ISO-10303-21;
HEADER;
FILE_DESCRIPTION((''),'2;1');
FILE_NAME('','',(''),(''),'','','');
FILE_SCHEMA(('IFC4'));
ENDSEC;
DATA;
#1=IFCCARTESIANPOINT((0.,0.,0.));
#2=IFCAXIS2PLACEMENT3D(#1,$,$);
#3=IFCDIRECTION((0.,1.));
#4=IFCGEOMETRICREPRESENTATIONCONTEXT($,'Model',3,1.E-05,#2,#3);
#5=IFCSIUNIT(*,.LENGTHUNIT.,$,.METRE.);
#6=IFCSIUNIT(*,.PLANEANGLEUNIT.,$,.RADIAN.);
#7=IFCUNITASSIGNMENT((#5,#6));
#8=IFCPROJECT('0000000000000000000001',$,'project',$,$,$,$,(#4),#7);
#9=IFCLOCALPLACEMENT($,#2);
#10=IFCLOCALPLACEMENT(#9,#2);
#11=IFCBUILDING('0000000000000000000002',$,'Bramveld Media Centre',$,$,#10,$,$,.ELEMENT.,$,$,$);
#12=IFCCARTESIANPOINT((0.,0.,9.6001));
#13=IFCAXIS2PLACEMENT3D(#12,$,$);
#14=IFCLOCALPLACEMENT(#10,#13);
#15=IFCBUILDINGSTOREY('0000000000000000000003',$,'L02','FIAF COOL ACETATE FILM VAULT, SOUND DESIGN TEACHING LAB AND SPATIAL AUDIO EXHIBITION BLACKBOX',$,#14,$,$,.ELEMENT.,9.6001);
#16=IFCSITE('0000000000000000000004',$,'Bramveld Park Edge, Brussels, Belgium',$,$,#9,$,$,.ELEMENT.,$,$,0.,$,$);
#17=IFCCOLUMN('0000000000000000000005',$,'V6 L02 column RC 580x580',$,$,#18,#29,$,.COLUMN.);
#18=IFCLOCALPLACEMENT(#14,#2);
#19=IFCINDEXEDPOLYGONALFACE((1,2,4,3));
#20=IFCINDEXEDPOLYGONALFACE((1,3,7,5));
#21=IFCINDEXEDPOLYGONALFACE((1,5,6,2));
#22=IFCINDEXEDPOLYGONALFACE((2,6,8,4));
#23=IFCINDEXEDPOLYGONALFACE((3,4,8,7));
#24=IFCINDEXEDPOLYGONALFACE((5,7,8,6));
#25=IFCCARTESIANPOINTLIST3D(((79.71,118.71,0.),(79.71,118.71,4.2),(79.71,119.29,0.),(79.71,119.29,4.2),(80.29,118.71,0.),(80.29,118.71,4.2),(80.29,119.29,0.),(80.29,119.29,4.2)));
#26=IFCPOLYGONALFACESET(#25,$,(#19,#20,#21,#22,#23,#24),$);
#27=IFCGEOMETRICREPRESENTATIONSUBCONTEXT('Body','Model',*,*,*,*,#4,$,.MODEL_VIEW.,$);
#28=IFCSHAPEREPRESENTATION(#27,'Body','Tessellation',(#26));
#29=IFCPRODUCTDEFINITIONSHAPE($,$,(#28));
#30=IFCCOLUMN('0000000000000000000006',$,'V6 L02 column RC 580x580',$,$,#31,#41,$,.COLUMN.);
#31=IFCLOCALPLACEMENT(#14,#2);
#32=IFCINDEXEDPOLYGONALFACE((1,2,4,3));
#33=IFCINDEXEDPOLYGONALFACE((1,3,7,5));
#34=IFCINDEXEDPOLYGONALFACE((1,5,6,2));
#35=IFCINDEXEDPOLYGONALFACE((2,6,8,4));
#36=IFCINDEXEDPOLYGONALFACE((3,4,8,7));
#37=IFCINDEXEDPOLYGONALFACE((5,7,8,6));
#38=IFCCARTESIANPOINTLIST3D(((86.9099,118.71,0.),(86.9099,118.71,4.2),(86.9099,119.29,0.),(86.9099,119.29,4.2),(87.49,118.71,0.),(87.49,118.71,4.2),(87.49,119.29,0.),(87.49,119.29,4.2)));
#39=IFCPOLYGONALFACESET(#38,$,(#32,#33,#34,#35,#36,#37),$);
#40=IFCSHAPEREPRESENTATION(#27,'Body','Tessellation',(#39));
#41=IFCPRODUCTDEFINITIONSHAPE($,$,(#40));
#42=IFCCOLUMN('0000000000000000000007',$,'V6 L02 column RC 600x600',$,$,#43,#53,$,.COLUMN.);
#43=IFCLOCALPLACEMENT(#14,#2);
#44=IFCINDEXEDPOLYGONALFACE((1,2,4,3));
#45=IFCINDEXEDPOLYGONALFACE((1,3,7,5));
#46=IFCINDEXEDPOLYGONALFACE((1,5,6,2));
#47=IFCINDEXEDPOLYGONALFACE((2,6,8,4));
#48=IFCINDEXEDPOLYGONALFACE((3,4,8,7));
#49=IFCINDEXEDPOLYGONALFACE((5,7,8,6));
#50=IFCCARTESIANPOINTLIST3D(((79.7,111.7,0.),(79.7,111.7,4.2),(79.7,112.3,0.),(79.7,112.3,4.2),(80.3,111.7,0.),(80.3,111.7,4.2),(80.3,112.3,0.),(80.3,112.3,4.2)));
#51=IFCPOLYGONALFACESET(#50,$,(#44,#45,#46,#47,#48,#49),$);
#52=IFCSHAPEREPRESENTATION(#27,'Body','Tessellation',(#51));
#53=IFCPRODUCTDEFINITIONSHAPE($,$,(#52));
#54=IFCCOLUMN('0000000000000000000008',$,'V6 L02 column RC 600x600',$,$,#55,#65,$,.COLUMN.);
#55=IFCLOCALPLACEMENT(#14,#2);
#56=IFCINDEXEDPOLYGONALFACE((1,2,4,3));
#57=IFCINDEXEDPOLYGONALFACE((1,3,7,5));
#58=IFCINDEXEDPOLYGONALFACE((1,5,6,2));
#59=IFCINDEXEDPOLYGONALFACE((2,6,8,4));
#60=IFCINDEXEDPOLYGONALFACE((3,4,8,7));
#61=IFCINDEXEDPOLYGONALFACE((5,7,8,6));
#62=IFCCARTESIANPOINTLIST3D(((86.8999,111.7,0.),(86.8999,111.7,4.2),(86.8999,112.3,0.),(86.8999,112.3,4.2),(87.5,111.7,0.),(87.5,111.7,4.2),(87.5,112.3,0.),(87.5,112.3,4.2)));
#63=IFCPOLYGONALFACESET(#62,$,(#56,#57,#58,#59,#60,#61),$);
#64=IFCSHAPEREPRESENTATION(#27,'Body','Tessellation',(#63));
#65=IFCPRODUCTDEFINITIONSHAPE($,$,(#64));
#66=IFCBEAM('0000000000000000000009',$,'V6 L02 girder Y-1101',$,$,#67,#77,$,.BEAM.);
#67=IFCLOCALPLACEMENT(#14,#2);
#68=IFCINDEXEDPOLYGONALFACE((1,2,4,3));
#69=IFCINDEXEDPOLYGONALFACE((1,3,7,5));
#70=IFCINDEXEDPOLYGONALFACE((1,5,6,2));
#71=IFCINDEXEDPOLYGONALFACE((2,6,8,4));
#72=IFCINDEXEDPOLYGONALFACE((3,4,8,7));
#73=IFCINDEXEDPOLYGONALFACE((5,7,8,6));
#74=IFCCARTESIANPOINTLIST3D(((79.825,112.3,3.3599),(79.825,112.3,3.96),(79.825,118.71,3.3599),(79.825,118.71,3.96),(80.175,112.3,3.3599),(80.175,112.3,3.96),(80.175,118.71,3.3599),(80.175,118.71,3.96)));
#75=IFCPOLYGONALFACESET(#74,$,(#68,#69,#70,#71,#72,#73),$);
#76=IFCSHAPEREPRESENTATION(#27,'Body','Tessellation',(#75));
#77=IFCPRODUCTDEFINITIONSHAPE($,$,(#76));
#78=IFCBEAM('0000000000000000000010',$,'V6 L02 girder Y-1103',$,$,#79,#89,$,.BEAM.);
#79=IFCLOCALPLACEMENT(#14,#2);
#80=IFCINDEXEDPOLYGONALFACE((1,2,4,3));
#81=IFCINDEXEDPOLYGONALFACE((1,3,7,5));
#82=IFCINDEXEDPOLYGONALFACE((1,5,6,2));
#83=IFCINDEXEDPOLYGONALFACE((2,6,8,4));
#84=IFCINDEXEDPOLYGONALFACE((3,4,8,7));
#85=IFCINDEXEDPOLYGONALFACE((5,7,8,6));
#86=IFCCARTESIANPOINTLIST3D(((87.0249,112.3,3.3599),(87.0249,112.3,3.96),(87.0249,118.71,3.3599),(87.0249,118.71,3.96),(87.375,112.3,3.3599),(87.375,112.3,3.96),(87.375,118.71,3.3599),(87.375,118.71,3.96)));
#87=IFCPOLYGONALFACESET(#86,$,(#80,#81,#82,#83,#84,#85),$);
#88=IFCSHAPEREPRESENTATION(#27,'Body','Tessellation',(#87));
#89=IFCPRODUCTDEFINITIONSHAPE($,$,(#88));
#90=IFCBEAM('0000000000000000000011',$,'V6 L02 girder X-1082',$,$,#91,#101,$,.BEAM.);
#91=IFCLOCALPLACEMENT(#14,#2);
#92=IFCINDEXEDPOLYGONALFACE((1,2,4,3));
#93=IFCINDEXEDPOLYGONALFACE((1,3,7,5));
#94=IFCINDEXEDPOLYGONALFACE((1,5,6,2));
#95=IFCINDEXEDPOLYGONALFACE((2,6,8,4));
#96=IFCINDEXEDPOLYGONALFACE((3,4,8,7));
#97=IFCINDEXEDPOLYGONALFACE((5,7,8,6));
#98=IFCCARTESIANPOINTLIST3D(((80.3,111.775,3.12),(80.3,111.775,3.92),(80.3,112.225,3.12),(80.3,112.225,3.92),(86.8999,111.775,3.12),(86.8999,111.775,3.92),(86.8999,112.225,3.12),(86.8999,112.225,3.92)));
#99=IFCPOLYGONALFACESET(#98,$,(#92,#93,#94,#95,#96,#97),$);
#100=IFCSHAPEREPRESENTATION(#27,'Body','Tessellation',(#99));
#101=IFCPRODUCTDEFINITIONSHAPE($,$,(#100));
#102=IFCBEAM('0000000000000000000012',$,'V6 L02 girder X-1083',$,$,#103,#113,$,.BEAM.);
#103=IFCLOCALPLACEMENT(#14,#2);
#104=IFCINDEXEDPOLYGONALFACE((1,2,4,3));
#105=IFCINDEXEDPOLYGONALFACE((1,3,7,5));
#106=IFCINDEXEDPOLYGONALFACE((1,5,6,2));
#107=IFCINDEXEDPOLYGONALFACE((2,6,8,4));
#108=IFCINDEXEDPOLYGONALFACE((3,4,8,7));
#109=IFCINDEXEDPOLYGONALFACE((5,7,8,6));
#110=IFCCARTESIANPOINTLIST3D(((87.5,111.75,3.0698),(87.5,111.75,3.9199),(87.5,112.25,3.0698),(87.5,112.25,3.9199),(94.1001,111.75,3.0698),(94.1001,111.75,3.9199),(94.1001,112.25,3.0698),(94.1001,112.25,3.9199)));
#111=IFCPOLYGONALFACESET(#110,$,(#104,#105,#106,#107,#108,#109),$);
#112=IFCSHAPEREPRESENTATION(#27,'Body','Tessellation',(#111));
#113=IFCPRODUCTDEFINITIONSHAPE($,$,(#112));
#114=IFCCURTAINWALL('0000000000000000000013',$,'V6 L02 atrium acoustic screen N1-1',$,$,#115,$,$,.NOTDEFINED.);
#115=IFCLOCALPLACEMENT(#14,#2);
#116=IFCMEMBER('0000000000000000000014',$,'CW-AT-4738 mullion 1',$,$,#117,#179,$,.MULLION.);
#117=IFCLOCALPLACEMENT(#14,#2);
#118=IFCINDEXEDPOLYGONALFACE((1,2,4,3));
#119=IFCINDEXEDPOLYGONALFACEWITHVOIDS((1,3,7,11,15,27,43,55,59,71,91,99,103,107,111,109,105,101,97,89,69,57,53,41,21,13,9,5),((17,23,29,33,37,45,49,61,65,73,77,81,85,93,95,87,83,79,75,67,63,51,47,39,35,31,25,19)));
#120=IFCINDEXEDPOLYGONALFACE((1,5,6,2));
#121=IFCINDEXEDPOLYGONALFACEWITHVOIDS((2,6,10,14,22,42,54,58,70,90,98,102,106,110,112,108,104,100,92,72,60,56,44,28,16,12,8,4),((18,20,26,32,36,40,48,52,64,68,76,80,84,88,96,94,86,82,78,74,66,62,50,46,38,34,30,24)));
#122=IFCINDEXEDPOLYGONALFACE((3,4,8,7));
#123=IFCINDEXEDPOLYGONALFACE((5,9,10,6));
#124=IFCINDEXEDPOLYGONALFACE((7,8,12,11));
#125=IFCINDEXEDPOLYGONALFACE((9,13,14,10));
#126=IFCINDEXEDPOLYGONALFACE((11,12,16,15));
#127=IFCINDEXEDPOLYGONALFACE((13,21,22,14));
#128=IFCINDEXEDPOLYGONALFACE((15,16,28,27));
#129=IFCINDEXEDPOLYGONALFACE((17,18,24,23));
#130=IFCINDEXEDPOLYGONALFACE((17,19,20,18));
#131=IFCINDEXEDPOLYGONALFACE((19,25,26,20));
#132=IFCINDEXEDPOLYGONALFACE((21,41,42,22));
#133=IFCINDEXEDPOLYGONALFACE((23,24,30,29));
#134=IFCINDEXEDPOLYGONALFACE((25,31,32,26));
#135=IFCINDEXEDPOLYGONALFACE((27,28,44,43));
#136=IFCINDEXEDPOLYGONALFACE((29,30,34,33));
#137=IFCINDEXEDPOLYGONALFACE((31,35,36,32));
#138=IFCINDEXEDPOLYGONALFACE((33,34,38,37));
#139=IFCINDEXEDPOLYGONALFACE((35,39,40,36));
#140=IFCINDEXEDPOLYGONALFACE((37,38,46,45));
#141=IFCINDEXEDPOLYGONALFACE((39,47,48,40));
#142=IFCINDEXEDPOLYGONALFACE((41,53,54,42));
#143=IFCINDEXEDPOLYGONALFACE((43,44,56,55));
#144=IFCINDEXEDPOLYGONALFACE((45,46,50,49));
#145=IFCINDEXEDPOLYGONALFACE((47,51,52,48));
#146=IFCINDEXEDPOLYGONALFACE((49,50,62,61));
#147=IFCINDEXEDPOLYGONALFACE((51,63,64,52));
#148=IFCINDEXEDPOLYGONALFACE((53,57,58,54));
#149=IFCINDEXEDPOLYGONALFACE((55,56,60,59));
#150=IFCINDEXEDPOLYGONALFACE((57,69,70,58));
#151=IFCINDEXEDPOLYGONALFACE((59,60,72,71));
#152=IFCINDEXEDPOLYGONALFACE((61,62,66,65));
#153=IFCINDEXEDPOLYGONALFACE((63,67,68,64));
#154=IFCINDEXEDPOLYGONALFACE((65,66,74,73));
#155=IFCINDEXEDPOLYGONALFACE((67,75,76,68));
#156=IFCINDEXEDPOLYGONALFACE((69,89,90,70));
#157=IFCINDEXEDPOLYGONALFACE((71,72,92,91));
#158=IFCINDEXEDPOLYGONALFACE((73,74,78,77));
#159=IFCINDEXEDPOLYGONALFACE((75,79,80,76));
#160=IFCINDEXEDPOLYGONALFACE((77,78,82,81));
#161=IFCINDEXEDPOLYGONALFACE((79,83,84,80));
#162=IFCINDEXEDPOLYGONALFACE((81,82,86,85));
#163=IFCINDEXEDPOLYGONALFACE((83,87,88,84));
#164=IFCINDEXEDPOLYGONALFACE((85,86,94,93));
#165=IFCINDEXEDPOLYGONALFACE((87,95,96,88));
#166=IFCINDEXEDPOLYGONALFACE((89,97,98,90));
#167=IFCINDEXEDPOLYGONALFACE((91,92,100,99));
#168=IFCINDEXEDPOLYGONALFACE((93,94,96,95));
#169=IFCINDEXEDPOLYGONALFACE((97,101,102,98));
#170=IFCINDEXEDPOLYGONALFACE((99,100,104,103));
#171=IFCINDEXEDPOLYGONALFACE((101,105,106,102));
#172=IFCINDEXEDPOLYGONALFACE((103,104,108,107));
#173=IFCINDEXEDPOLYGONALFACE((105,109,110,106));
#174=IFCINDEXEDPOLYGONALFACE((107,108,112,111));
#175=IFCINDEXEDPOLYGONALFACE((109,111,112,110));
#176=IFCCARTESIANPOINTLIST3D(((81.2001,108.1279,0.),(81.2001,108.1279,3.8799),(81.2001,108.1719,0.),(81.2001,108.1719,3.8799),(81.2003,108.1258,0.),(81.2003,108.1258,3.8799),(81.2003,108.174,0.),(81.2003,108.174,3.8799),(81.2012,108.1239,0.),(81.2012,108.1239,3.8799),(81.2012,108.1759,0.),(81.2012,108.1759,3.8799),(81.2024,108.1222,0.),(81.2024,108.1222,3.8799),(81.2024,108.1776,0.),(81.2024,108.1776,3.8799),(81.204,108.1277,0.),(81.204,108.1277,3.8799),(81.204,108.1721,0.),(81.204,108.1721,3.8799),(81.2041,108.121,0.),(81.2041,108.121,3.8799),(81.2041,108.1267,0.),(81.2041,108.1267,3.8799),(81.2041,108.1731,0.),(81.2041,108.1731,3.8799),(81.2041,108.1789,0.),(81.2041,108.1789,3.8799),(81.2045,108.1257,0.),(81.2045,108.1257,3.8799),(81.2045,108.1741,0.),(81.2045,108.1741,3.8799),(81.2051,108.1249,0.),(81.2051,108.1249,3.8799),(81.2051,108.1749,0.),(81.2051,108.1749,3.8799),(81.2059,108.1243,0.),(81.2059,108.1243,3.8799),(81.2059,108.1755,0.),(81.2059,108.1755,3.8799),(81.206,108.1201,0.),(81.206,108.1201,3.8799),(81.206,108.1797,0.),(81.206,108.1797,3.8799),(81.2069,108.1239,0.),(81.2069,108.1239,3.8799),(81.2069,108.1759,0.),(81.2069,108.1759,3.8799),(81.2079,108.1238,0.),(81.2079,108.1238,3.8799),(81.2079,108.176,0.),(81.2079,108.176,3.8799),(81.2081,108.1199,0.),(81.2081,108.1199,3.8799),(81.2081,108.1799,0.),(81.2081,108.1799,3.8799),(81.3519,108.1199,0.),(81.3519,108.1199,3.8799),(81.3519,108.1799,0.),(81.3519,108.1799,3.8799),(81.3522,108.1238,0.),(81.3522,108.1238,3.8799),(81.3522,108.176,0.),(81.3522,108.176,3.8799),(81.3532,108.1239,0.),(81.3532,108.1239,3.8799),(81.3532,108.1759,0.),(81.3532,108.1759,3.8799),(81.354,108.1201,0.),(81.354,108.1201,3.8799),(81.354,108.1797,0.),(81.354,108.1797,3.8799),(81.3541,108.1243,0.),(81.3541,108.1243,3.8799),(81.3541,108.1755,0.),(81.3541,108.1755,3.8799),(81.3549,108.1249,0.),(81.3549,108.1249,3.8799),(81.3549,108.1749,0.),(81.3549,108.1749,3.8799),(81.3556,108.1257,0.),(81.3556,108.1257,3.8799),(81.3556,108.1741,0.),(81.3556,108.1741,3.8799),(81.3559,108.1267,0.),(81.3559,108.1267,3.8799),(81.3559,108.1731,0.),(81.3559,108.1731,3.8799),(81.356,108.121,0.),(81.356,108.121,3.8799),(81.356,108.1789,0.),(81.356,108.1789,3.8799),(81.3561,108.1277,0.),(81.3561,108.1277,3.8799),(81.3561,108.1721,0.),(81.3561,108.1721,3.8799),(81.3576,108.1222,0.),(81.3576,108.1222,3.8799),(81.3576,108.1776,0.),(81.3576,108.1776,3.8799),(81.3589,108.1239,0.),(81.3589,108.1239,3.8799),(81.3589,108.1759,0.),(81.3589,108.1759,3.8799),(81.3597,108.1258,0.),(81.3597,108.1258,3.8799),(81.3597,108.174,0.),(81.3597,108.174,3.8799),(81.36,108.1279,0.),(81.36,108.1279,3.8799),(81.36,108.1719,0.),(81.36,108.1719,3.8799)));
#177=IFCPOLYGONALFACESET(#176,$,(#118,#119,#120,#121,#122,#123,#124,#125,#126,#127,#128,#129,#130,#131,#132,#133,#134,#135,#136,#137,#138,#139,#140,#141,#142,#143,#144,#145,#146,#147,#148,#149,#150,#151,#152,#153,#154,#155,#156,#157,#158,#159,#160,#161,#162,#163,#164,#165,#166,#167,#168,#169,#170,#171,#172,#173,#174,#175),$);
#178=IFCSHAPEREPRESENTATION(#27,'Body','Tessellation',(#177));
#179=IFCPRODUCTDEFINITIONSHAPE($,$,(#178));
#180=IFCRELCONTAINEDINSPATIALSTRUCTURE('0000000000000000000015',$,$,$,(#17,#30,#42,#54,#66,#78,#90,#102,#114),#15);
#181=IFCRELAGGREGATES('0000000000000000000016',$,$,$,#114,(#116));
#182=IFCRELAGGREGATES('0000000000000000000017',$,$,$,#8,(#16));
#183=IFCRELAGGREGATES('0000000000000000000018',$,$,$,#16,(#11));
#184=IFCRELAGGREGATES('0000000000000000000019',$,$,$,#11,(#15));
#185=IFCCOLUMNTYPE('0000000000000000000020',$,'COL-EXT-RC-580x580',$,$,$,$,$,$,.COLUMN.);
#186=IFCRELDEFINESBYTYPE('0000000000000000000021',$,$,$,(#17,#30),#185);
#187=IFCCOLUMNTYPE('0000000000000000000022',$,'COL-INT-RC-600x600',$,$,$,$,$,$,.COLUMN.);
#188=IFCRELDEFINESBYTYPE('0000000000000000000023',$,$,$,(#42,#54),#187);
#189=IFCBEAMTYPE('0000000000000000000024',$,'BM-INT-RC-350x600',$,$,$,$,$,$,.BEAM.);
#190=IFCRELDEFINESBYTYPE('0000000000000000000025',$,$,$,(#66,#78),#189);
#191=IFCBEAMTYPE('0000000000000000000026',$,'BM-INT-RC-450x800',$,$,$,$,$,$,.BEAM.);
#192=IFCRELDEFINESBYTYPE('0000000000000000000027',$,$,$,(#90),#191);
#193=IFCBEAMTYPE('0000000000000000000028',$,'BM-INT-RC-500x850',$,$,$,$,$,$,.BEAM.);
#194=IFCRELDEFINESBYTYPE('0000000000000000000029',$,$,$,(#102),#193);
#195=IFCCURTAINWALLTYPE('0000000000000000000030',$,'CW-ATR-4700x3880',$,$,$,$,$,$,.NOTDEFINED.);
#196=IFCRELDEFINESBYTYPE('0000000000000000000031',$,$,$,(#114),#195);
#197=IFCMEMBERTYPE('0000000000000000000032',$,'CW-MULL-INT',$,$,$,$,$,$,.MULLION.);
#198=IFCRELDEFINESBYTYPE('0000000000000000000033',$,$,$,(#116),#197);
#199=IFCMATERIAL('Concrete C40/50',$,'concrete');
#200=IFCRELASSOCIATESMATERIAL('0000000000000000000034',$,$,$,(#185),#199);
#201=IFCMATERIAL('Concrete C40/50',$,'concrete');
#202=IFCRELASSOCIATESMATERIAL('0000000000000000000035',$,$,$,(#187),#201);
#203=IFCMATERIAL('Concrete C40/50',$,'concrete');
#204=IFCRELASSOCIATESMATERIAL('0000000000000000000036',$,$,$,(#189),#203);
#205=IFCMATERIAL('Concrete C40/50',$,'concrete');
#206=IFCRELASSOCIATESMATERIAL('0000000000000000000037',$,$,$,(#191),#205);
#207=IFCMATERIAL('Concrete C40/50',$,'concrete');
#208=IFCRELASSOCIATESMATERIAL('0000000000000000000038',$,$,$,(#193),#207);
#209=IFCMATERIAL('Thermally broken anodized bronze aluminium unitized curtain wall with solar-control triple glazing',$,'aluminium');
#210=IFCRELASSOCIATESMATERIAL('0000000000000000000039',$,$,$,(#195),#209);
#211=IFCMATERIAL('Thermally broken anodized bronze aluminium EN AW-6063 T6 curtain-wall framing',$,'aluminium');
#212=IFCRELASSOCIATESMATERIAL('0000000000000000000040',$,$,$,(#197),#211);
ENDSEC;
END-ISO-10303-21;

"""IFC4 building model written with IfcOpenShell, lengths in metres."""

from ifc_helpers import new_model, si_unit, direction, frame, origin, origin_2d, place, context, subcontext, project, spatial, rectangle, hollow_rectangle, extrude, material, material_profile, profile_set, type_object, element, aggregate, save


model = new_model("IFC4")

# Units and contexts
model_context = context("Model", 3, precision=1e-05, world=origin(), true_north=direction((0.0, 1.0)))
body_context = subcontext(model_context, "Body", "Model", "MODEL_VIEW")
ifc_project = project(units=[si_unit("LENGTHUNIT", "METRE"), si_unit("PLANEANGLEUNIT", "RADIAN")], contexts=[model_context])

# Site, building, storey
site_placement = place(None, origin())
site = spatial("IfcSite", under=ifc_project, at=site_placement, Name="Bramveld Park Edge, Brussels, Belgium", CompositionType="ELEMENT", RefElevation=0.0)
building_placement = place(site_placement, origin())
building = spatial("IfcBuilding", under=site, at=building_placement, Name="Bramveld Media Centre", CompositionType="ELEMENT")
storey_placement = place(building_placement, frame((0.0, 0.0, 9.6001)))
storey = spatial("IfcBuildingStorey", under=building, at=storey_placement, Name="L02", Description="FIAF COOL ACETATE FILM VAULT, SOUND DESIGN TEACHING LAB AND SPATIAL AUDIO EXHIBITION BLACKBOX", CompositionType="ELEMENT", Elevation=9.6001)

# Columns
ifc_material_1 = material(Name="Concrete C40/50", Category="concrete")
ifc_material_profile_1 = material_profile(ifc_material_1, rectangle(XDim=0.5801, YDim=0.5801, at=origin_2d()), Name="RC 580x580")
ifc_profile_set_1 = profile_set([ifc_material_profile_1], Name="Concrete C40/50")
column_type_1 = type_object("IfcColumnType", Name="COL-EXT-RC-580x580", PredefinedType="COLUMN", material=ifc_profile_set_1)
for number, where, z_axis, x_axis, name in (
    (1, (80.0, 119.0, 0.0), (0.0, 0.0, 1.0), (1.0, 0.0, 0.0), "V6 L02 column RC 580x580"),
    (2, (87.2, 119.0, 0.0), (0.0, 0.0, 1.0), (1.0, 0.0, 0.0), "V6 L02 column RC 580x580"),
):
    element("IfcColumn", number, at=place(storey_placement, frame(where, z_axis=z_axis, x_axis=x_axis)), inside=storey, type_object=column_type_1, Name=name, PredefinedType="COLUMN", context=body_context, shape_type="SweptSolid", body=[
        extrude(rectangle(XDim=0.5801, YDim=0.5801, at=origin_2d()), origin(), (0.0, 0.0, 1.0), 4.2),
    ])
ifc_material_2 = material(Name="Concrete C40/50", Category="concrete")
ifc_material_profile_2 = material_profile(ifc_material_2, rectangle(XDim=0.6001, YDim=0.6001, at=origin_2d()), Name="RC 600x600")
ifc_profile_set_2 = profile_set([ifc_material_profile_2], Name="Concrete C40/50")
column_type_2 = type_object("IfcColumnType", Name="COL-INT-RC-600x600", PredefinedType="COLUMN", material=ifc_profile_set_2)
for number, where, z_axis, x_axis, name in (
    (3, (80.0, 112.0, 0.0), (0.0, 0.0, 1.0), (1.0, 0.0, 0.0), "V6 L02 column RC 600x600"),
    (4, (87.2, 112.0, 0.0), (0.0, 0.0, 1.0), (1.0, 0.0, 0.0), "V6 L02 column RC 600x600"),
):
    element("IfcColumn", number, at=place(storey_placement, frame(where, z_axis=z_axis, x_axis=x_axis)), inside=storey, type_object=column_type_2, Name=name, PredefinedType="COLUMN", context=body_context, shape_type="SweptSolid", body=[
        extrude(rectangle(XDim=0.6001, YDim=0.6001, at=origin_2d()), origin(), (0.0, 0.0, 1.0), 4.2),
    ])

# Beams
ifc_material_3 = material(Name="Concrete C40/50", Category="concrete")
ifc_material_profile_3 = material_profile(ifc_material_3, rectangle(XDim=0.3501, YDim=0.6001, at=origin_2d()), Name="RC 350x600")
ifc_profile_set_3 = profile_set([ifc_material_profile_3], Name="Concrete C40/50")
beam_type_1 = type_object("IfcBeamType", Name="BM-INT-RC-350x600", PredefinedType="BEAM", material=ifc_profile_set_3)
for number, where, z_axis, x_axis, name in (
    (5, (80.0, 112.3, 3.6599), (0.0, 1.0, 0.0), (-1.0, 0.0, 0.0), "V6 L02 girder Y-1101"),
    (6, (87.2, 112.3, 3.6599), (0.0, 1.0, 0.0), (-1.0, 0.0, 0.0), "V6 L02 girder Y-1103"),
):
    element("IfcBeam", number, at=place(storey_placement, frame(where, z_axis=z_axis, x_axis=x_axis)), inside=storey, type_object=beam_type_1, Name=name, PredefinedType="BEAM", context=body_context, shape_type="SweptSolid", body=[
        extrude(rectangle(XDim=0.3501, YDim=0.6001, at=origin_2d()), origin(), (0.0, 0.0, 1.0), 6.4099),
    ])
ifc_material_4 = material(Name="Concrete C40/50", Category="concrete")
ifc_material_profile_4 = material_profile(ifc_material_4, rectangle(XDim=0.45, YDim=0.8, at=origin_2d()), Name="RC 450x800")
ifc_profile_set_4 = profile_set([ifc_material_profile_4], Name="Concrete C40/50")
beam_type_2 = type_object("IfcBeamType", Name="BM-INT-RC-450x800", PredefinedType="BEAM", material=ifc_profile_set_4)
beam_1_placement = place(storey_placement, frame((80.3, 112.0, 3.52), z_axis=(1.0, 0.0, 0.0), x_axis=(0.0, 1.0, 0.0)))
element("IfcBeam", 7, at=beam_1_placement, inside=storey, type_object=beam_type_2, Name="V6 L02 girder X-1082", PredefinedType="BEAM", context=body_context, shape_type="SweptSolid", body=[
    extrude(rectangle(XDim=0.45, YDim=0.8, at=origin_2d()), origin(), (0.0, 0.0, 1.0), 6.5999),
])
ifc_material_5 = material(Name="Concrete C40/50", Category="concrete")
ifc_material_profile_5 = material_profile(ifc_material_5, rectangle(XDim=0.5, YDim=0.8501, at=origin_2d()), Name="RC 500x850")
ifc_profile_set_5 = profile_set([ifc_material_profile_5], Name="Concrete C40/50")
beam_type_3 = type_object("IfcBeamType", Name="BM-INT-RC-500x850", PredefinedType="BEAM", material=ifc_profile_set_5)
beam_2_placement = place(storey_placement, frame((87.5, 112.0, 3.4949), z_axis=(1.0, 0.0, 0.0), x_axis=(0.0, 1.0, 0.0)))
element("IfcBeam", 8, at=beam_2_placement, inside=storey, type_object=beam_type_3, Name="V6 L02 girder X-1083", PredefinedType="BEAM", context=body_context, shape_type="SweptSolid", body=[
    extrude(rectangle(XDim=0.5, YDim=0.8501, at=origin_2d()), origin(), (0.0, 0.0, 1.0), 6.6001),
])

# Curtain wall, member
ifc_material_6 = material(Name="Thermally broken anodized bronze aluminium unitized curtain wall with solar-control triple glazing", Category="aluminium")
curtain_wall_type_1 = type_object("IfcCurtainWallType", Name="CW-ATR-4700x3880", PredefinedType="NOTDEFINED", material=ifc_material_6)
curtain_wall_1_placement = place(storey_placement, origin())
curtain_wall_1 = element("IfcCurtainWall", 9, at=curtain_wall_1_placement, inside=storey, type_object=curtain_wall_type_1, Name="V6 L02 atrium acoustic screen N1-1", PredefinedType="NOTDEFINED")
ifc_material_7 = material(Name="Thermally broken anodized bronze aluminium EN AW-6063 T6 curtain-wall framing", Category="aluminium")
ifc_material_profile_6 = material_profile(ifc_material_7, hollow_rectangle(XDim=0.0601, YDim=0.1599, WallThickness=0.0039, InnerFilletRadius=0.0039, OuterFilletRadius=0.0081, at=origin_2d()), Name="AL-MULL 60x160")
ifc_profile_set_6 = profile_set([ifc_material_profile_6], Name="Thermally broken anodized bronze aluminium EN AW-6063 T6 curtain-wall framing")
member_type_1 = type_object("IfcMemberType", Name="CW-MULL-INT", PredefinedType="MULLION", material=ifc_profile_set_6)
member_1_placement = place(storey_placement, frame((81.28, 108.1499, 0.0), z_axis=(0.0, 0.0, 1.0), x_axis=(0.0, 1.0, 0.0)))
member_1 = element("IfcMember", 10, at=member_1_placement, type_object=member_type_1, Name="CW-AT-4738 mullion 1", PredefinedType="MULLION", context=body_context, shape_type="SweptSolid", body=[
    extrude(hollow_rectangle(XDim=0.0601, YDim=0.1599, WallThickness=0.0039, InnerFilletRadius=0.0039, OuterFilletRadius=0.0081, at=origin_2d()), origin(), (0.0, 0.0, 1.0), 3.8799),
])

aggregate(curtain_wall_1, [member_1])

save(model, "model.ifc")
